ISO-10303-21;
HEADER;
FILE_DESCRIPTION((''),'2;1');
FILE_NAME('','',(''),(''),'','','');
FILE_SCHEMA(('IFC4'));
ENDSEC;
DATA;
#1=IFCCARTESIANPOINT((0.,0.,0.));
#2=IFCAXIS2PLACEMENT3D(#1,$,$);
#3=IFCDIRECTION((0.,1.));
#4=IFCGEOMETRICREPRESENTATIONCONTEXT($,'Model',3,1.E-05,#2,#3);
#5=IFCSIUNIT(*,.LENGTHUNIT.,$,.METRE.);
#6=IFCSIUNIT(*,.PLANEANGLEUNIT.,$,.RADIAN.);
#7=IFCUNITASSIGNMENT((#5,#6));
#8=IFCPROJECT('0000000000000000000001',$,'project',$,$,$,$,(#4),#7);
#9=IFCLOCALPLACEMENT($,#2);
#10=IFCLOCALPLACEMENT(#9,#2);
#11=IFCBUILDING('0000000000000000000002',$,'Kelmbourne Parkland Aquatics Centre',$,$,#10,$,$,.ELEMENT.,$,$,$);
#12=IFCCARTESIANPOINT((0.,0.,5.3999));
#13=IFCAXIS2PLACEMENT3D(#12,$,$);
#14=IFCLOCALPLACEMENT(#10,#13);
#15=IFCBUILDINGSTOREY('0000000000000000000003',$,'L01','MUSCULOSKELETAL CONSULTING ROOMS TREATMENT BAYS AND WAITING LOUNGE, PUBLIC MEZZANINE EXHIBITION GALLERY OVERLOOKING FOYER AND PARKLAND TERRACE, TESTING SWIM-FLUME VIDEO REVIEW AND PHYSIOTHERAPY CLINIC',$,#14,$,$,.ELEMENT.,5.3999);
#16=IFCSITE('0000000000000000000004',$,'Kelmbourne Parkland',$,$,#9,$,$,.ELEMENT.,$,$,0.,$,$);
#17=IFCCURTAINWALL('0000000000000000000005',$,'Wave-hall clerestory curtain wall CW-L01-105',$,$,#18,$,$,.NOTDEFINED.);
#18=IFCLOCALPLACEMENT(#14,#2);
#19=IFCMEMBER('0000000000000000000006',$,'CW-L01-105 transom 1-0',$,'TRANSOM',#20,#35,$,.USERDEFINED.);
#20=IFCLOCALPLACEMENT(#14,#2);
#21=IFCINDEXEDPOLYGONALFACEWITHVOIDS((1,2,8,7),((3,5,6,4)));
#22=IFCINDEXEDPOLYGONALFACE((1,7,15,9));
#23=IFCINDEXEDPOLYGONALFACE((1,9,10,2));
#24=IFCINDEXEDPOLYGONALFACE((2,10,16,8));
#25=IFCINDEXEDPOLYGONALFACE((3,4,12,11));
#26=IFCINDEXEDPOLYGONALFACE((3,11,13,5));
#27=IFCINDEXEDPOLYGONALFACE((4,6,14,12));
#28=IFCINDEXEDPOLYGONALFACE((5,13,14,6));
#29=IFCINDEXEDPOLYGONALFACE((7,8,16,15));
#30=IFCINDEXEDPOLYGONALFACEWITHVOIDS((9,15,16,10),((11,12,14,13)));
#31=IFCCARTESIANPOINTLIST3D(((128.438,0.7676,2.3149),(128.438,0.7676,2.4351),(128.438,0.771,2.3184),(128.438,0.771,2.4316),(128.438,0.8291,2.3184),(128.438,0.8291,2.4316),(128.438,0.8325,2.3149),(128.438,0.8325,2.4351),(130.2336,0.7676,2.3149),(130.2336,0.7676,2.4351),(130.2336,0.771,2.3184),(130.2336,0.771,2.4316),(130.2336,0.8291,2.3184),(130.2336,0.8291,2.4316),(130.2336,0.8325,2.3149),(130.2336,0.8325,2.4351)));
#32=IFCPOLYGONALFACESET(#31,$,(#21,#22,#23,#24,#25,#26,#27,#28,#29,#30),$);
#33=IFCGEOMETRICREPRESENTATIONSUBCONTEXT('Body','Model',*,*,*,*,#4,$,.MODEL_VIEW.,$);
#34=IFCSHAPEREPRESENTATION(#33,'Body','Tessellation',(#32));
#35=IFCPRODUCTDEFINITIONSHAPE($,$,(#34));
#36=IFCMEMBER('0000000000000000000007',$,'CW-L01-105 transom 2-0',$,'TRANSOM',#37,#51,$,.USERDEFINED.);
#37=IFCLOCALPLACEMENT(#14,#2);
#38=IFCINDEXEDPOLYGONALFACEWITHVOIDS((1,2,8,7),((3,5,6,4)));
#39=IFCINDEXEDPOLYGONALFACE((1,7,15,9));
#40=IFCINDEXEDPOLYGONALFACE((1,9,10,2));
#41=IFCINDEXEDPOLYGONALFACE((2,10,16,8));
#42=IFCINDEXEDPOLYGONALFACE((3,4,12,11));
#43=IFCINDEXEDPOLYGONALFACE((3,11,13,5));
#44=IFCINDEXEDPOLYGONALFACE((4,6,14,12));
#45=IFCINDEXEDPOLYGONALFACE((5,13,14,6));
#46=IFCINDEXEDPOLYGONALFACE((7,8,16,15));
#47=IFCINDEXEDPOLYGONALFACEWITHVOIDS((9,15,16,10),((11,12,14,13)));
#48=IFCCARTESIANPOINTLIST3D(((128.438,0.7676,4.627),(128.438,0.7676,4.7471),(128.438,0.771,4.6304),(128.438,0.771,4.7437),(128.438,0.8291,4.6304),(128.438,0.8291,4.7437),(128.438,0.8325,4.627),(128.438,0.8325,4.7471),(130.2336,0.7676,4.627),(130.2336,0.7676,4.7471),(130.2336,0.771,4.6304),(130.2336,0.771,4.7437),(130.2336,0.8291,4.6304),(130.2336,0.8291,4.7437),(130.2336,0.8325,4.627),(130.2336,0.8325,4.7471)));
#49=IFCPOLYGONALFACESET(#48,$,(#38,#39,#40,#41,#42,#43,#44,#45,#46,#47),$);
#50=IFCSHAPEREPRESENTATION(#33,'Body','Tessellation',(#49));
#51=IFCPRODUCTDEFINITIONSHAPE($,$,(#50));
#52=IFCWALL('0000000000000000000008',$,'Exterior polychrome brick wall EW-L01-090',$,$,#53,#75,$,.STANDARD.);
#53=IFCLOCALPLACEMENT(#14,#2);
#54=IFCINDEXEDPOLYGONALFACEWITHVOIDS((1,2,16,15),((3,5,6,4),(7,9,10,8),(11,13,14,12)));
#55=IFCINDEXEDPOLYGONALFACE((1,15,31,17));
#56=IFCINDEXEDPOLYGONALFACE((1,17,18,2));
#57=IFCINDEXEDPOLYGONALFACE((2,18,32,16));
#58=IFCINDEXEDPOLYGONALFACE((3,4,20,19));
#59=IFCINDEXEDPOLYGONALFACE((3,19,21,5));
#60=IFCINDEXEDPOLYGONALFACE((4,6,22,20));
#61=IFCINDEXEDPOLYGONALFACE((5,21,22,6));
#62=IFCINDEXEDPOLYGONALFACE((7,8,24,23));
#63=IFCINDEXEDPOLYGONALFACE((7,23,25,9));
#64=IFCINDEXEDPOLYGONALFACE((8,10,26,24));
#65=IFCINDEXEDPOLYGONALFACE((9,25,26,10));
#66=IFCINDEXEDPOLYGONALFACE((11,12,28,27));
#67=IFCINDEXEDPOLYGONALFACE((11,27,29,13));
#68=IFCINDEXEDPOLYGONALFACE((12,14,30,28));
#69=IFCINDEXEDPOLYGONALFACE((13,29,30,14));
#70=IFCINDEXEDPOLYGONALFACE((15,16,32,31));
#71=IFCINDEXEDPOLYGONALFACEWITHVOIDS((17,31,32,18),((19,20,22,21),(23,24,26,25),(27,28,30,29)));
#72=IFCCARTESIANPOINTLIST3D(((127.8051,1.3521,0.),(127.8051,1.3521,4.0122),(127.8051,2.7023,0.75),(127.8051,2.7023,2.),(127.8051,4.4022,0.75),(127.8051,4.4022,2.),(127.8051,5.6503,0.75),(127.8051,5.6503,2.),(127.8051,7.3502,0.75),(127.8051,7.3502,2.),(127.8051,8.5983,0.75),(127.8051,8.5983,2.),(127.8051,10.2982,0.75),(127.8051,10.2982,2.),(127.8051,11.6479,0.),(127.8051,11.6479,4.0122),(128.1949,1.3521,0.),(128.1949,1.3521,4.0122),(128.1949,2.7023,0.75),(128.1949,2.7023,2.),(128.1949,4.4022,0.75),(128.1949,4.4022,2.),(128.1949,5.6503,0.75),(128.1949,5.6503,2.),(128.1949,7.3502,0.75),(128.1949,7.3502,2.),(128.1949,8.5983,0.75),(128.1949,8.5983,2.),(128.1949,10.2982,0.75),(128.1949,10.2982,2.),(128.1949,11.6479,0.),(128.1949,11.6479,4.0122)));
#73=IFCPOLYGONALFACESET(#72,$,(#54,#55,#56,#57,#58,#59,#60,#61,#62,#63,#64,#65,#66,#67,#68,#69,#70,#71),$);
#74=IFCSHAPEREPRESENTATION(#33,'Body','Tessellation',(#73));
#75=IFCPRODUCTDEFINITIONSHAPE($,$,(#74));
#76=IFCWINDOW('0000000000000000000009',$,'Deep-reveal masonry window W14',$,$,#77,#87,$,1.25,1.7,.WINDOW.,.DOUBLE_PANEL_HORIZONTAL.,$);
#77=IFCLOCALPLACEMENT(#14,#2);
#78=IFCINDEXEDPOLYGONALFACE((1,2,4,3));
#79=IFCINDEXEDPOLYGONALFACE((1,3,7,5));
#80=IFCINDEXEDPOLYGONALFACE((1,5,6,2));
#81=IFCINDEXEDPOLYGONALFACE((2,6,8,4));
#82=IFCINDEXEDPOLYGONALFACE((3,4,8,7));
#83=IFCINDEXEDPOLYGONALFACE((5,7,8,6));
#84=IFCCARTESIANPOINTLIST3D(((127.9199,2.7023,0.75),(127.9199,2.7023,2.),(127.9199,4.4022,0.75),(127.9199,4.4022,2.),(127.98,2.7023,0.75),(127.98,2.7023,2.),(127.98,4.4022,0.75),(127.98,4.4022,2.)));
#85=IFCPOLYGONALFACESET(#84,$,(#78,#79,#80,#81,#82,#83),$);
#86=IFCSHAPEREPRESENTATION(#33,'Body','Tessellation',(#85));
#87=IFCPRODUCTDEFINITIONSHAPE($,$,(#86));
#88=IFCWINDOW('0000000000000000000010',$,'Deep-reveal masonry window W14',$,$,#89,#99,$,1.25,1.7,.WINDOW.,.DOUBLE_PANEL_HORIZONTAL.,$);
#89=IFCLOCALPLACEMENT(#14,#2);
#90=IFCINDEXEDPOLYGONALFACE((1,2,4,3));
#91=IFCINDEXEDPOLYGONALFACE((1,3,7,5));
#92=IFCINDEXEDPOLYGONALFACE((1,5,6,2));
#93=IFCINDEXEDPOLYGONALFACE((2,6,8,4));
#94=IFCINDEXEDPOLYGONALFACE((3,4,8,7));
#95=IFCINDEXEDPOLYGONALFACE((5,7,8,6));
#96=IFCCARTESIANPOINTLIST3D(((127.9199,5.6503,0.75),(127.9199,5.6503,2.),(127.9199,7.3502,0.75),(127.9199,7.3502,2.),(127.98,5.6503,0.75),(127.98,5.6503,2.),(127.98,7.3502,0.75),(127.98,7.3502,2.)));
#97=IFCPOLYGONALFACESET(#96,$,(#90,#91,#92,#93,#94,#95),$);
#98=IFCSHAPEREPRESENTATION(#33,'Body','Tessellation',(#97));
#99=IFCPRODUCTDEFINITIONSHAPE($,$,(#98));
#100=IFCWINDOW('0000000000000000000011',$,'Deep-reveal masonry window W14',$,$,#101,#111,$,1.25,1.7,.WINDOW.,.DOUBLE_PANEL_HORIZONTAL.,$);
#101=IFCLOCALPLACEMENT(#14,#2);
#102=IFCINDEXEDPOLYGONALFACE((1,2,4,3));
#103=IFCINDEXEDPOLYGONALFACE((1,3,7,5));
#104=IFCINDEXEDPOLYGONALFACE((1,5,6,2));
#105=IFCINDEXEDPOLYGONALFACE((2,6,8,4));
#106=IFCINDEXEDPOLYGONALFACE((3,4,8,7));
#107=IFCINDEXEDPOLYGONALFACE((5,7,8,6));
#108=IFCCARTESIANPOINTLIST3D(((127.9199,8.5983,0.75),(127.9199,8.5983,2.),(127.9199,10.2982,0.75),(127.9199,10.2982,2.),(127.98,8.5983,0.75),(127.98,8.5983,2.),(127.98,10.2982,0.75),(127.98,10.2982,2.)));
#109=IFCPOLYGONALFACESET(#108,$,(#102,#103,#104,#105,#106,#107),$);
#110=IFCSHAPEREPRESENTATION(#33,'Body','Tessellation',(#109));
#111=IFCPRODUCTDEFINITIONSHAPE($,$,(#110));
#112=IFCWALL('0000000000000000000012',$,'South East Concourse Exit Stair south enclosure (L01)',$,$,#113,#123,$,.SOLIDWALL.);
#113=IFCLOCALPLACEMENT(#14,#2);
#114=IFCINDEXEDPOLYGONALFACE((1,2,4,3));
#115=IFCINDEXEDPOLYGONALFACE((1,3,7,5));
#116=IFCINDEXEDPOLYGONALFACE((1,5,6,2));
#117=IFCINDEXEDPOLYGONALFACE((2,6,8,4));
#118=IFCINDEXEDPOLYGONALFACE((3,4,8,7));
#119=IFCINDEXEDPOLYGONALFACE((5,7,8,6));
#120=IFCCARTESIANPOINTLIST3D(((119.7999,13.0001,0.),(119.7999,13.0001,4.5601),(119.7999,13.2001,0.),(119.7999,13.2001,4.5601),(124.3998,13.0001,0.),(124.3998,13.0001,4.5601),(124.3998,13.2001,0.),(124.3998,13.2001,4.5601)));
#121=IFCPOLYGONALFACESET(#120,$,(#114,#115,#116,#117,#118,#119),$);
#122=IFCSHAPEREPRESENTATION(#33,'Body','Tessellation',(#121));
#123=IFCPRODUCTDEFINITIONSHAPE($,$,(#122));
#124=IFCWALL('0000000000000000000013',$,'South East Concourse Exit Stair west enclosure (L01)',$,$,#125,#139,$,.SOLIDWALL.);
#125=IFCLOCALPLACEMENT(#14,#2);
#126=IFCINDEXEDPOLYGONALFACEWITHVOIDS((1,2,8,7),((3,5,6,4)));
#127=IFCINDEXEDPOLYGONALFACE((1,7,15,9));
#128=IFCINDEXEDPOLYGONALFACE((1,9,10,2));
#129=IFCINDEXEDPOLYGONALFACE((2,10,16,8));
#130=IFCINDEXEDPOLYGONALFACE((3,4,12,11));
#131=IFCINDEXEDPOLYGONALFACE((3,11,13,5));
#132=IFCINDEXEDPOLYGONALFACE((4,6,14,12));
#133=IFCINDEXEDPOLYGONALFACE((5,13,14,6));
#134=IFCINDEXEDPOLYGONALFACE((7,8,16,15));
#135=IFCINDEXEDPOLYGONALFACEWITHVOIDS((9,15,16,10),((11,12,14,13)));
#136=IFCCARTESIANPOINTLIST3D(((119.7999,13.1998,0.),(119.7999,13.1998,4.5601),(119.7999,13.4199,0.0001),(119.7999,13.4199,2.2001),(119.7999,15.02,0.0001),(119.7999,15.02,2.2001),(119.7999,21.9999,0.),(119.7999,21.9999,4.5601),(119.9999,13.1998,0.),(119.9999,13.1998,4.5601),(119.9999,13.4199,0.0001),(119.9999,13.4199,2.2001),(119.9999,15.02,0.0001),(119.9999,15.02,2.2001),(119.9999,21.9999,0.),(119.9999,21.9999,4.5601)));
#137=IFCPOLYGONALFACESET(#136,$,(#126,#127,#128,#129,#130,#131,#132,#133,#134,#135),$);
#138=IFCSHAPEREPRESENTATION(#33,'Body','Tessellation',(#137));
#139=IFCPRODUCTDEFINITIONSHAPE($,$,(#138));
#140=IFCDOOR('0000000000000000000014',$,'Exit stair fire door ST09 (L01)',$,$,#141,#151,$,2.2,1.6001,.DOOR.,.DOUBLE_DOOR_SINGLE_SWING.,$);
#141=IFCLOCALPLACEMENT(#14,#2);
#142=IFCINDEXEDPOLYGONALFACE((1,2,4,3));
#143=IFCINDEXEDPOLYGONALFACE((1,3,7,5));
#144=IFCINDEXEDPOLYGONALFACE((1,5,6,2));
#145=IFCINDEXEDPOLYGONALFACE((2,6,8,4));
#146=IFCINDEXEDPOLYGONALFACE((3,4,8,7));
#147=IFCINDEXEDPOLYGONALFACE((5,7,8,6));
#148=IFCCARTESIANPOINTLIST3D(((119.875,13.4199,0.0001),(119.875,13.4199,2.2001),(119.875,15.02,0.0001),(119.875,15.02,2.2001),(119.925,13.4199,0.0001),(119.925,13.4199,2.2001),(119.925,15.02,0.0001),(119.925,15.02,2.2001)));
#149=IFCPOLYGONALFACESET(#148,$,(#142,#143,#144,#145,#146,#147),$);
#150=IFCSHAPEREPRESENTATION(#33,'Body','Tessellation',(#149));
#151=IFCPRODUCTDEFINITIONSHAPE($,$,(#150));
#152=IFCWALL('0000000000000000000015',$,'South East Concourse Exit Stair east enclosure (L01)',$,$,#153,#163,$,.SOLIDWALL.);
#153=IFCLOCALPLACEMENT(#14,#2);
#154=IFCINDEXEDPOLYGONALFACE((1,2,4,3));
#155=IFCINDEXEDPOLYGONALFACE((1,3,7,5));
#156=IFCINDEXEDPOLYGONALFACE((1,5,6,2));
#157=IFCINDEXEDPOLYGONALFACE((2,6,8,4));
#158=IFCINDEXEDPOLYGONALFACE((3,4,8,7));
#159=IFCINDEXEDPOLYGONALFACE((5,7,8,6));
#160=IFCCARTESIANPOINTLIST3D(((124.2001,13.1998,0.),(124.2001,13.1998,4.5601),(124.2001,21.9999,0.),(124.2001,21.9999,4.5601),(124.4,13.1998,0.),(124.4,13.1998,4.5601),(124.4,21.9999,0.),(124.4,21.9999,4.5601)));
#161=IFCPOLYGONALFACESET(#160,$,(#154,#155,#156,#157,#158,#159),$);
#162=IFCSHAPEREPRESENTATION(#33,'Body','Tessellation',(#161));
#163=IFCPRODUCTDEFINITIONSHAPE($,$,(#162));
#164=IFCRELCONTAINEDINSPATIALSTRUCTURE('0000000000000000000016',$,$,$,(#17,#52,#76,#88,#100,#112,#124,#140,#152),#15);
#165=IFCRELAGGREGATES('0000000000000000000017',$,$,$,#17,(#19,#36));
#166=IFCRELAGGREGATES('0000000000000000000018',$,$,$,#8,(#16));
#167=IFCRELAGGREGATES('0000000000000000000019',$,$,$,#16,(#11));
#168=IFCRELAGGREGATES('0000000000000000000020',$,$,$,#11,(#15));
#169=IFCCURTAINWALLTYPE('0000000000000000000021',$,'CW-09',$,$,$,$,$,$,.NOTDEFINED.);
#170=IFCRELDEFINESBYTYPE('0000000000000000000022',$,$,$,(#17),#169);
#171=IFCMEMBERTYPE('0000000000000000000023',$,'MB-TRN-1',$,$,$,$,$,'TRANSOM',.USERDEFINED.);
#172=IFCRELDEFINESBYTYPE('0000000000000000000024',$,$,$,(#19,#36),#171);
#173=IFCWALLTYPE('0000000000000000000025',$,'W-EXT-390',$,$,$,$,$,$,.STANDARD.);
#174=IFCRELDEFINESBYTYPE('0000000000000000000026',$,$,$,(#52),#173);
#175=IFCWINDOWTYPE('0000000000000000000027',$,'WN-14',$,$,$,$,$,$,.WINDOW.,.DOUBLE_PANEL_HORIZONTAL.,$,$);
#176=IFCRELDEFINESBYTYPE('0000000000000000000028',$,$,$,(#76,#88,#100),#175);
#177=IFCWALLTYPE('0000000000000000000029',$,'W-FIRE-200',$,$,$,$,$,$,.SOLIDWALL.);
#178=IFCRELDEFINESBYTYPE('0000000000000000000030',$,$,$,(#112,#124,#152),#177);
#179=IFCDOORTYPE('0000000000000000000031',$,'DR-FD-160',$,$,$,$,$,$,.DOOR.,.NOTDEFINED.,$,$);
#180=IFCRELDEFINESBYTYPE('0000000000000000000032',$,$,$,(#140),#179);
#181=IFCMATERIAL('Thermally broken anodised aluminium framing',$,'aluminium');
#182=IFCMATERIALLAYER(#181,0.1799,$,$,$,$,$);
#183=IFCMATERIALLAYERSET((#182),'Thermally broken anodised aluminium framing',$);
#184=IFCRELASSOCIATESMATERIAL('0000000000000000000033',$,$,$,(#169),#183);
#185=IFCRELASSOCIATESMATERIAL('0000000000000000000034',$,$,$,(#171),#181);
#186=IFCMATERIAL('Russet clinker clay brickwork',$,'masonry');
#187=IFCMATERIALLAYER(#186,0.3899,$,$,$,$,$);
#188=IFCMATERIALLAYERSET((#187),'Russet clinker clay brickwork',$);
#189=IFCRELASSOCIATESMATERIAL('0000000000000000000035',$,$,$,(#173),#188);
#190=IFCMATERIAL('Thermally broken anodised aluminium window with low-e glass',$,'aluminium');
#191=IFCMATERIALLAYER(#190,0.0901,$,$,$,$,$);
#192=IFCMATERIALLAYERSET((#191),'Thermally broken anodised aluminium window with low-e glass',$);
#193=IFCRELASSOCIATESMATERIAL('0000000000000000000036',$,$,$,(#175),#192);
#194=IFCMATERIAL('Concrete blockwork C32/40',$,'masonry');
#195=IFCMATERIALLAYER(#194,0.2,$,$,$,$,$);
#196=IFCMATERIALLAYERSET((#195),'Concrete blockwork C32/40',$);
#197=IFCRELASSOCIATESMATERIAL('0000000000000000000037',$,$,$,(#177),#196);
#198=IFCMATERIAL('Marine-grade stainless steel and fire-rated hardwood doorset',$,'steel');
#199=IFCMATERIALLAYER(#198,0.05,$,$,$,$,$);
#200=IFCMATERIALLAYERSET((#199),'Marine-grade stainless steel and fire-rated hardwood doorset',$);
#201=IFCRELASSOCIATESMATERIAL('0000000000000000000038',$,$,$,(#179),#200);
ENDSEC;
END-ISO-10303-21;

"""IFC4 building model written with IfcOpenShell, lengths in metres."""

from ifc_helpers import new_model, si_unit, direction, frame, frame_2d, origin, origin_2d, place, context, subcontext, project, spatial, rectangle, hollow_rectangle, extrude, material, layer, layer_set, material_profile, profile_set, type_object, element, fill, aggregate, save


model = new_model("IFC4")

# Units and contexts
model_context = context("Model", 3, precision=1e-05, world=origin(), true_north=direction((0.0, 1.0)))
body_context = subcontext(model_context, "Body", "Model", "MODEL_VIEW")
ifc_project = project(units=[si_unit("LENGTHUNIT", "METRE"), si_unit("PLANEANGLEUNIT", "RADIAN")], contexts=[model_context])

# Site, building, storey
site_placement = place(None, origin())
site = spatial("IfcSite", under=ifc_project, at=site_placement, Name="Kelmbourne Parkland", CompositionType="ELEMENT", RefElevation=0.0)
building_placement = place(site_placement, origin())
building = spatial("IfcBuilding", under=site, at=building_placement, Name="Kelmbourne Parkland Aquatics Centre", CompositionType="ELEMENT")
storey_placement = place(building_placement, frame((0.0, 0.0, 5.3999)))
storey = spatial("IfcBuildingStorey", under=building, at=storey_placement, Name="L01", Description="MUSCULOSKELETAL CONSULTING ROOMS TREATMENT BAYS AND WAITING LOUNGE, PUBLIC MEZZANINE EXHIBITION GALLERY OVERLOOKING FOYER AND PARKLAND TERRACE, TESTING SWIM-FLUME VIDEO REVIEW AND PHYSIOTHERAPY CLINIC", CompositionType="ELEMENT", Elevation=5.3999)

# Curtain wall, members
ifc_material_1 = material(Name="Thermally broken anodised aluminium framing", Category="aluminium")
ifc_layer_1 = layer(ifc_material_1, 0.1799)
ifc_layer_set_1 = layer_set([ifc_layer_1], Name="Thermally broken anodised aluminium framing")
curtain_wall_type = type_object("IfcCurtainWallType", Name="CW-09", PredefinedType="NOTDEFINED", material=ifc_layer_set_1)
curtain_wall_placement = place(storey_placement, origin())
curtain_wall = element("IfcCurtainWall", 1, at=curtain_wall_placement, inside=storey, type_object=curtain_wall_type, Name="Wave-hall clerestory curtain wall CW-L01-105", PredefinedType="NOTDEFINED")
ifc_material_profile_1 = material_profile(ifc_material_1, hollow_rectangle(XDim=0.0649, YDim=0.1201, WallThickness=0.0034, at=origin_2d()), Name="CW-T 65x120")
ifc_profile_set_1 = profile_set([ifc_material_profile_1], Name="Thermally broken anodised aluminium framing")
member_type_1 = type_object("IfcMemberType", Name="MB-TRN-1", ElementType="TRANSOM", PredefinedType="USERDEFINED", material=ifc_profile_set_1)
member_1_placement = place(storey_placement, frame((128.438, 0.8, 2.375), z_axis=(1.0, 0.0, 0.0), x_axis=(0.0, 1.0, 0.0)))
member_1 = element("IfcMember", 2, at=member_1_placement, type_object=member_type_1, Name="CW-L01-105 transom 1-0", ObjectType="TRANSOM", PredefinedType="USERDEFINED", context=body_context, shape_type="SweptSolid", body=[
    extrude(hollow_rectangle(XDim=0.0649, YDim=0.1201, WallThickness=0.0034, at=origin_2d()), origin(), (0.0, 0.0, 1.0), 1.7957),
])
member_2_placement = place(storey_placement, frame((128.438, 0.8, 4.687), z_axis=(1.0, 0.0, 0.0), x_axis=(0.0, 1.0, 0.0)))
member_2 = element("IfcMember", 3, at=member_2_placement, type_object=member_type_1, Name="CW-L01-105 transom 2-0", ObjectType="TRANSOM", PredefinedType="USERDEFINED", context=body_context, shape_type="SweptSolid", body=[
    extrude(hollow_rectangle(XDim=0.0649, YDim=0.1201, WallThickness=0.0034, at=origin_2d()), origin(), (0.0, 0.0, 1.0), 1.7957),
])
aggregate(curtain_wall, [member_1, member_2])

# Wall, openings, windows
ifc_material_2 = material(Name="Russet clinker clay brickwork", Category="masonry")
ifc_layer_2 = layer(ifc_material_2, 0.3899)
ifc_layer_set_2 = layer_set([ifc_layer_2], Name="Russet clinker clay brickwork")
wall_type_1 = type_object("IfcWallType", Name="W-EXT-390", PredefinedType="STANDARD", material=ifc_layer_set_2)
wall_1_placement = place(storey_placement, frame((128.0, 1.3521, 0.0), z_axis=(0.0, 0.0, 1.0), x_axis=(0.0, 1.0, 0.0)))
wall_1 = element("IfcWall", 4, at=wall_1_placement, inside=storey, type_object=wall_type_1, Name="Exterior polychrome brick wall EW-L01-090", PredefinedType="STANDARD", context=body_context, shape_type="SweptSolid", body=[
    extrude(rectangle(XDim=10.2959, YDim=0.3899, at=frame_2d((5.1479, 0.0))), origin(), (0.0, 0.0, 1.0), 4.0122),
])
opening_1_placement = place(wall_1_placement, frame((1.3501, 0.0, 0.75)))
opening_1 = element("IfcOpeningElement", 5, at=opening_1_placement, cuts=wall_1, PredefinedType="OPENING", context=body_context, shape_type="SweptSolid", body=[
    extrude(rectangle(XDim=1.7, YDim=1.25, at=frame_2d((0.8501, 0.625))), frame((0.0, 0.207, 0.0), z_axis=(0.0, -1.0, 0.0), x_axis=(1.0, 0.0, 0.0)), (0.0, 0.0, 1.0), 0.4138),
])
opening_2_placement = place(wall_1_placement, frame((4.2981, 0.0, 0.75)))
opening_2 = element("IfcOpeningElement", 6, at=opening_2_placement, cuts=wall_1, PredefinedType="OPENING", context=body_context, shape_type="SweptSolid", body=[
    extrude(rectangle(XDim=1.7, YDim=1.25, at=frame_2d((0.8501, 0.625))), frame((0.0, 0.207, 0.0), z_axis=(0.0, -1.0, 0.0), x_axis=(1.0, 0.0, 0.0)), (0.0, 0.0, 1.0), 0.4138),
])
opening_3_placement = place(wall_1_placement, frame((7.2461, 0.0, 0.75)))
opening_3 = element("IfcOpeningElement", 7, at=opening_3_placement, cuts=wall_1, PredefinedType="OPENING", context=body_context, shape_type="SweptSolid", body=[
    extrude(rectangle(XDim=1.7, YDim=1.25, at=frame_2d((0.8501, 0.625))), frame((0.0, 0.207, 0.0), z_axis=(0.0, -1.0, 0.0), x_axis=(1.0, 0.0, 0.0)), (0.0, 0.0, 1.0), 0.4138),
])
ifc_material_3 = material(Name="Thermally broken anodised aluminium window with low-e glass", Category="aluminium")
ifc_layer_3 = layer(ifc_material_3, 0.0901)
ifc_layer_set_3 = layer_set([ifc_layer_3], Name="Thermally broken anodised aluminium window with low-e glass")
window_type = type_object("IfcWindowType", Name="WN-14", PartitioningType="DOUBLE_PANEL_HORIZONTAL", PredefinedType="WINDOW", material=ifc_layer_set_3)
window_1_placement = place(opening_1_placement, origin())
window_1 = element("IfcWindow", 8, at=window_1_placement, inside=storey, type_object=window_type, Name="Deep-reveal masonry window W14", OverallHeight=1.25, OverallWidth=1.7, PartitioningType="DOUBLE_PANEL_HORIZONTAL", PredefinedType="WINDOW", context=body_context, shape_type="SweptSolid", body=[
    extrude(rectangle(XDim=1.7, YDim=1.25, at=frame_2d((0.8501, 0.625))), frame((0.0, 0.0801, 0.0), z_axis=(0.0, -1.0, 0.0), x_axis=(1.0, 0.0, 0.0)), (0.0, 0.0, 1.0), 0.0601),
])
fill(opening_1, window_1)
window_2_placement = place(opening_2_placement, origin())
window_2 = element("IfcWindow", 9, at=window_2_placement, inside=storey, type_object=window_type, Name="Deep-reveal masonry window W14", OverallHeight=1.25, OverallWidth=1.7, PartitioningType="DOUBLE_PANEL_HORIZONTAL", PredefinedType="WINDOW", context=body_context, shape_type="SweptSolid", body=[
    extrude(rectangle(XDim=1.7, YDim=1.25, at=frame_2d((0.8501, 0.625))), frame((0.0, 0.0801, 0.0), z_axis=(0.0, -1.0, 0.0), x_axis=(1.0, 0.0, 0.0)), (0.0, 0.0, 1.0), 0.0601),
])
fill(opening_2, window_2)
window_3_placement = place(opening_3_placement, origin())
window_3 = element("IfcWindow", 10, at=window_3_placement, inside=storey, type_object=window_type, Name="Deep-reveal masonry window W14", OverallHeight=1.25, OverallWidth=1.7, PartitioningType="DOUBLE_PANEL_HORIZONTAL", PredefinedType="WINDOW", context=body_context, shape_type="SweptSolid", body=[
    extrude(rectangle(XDim=1.7, YDim=1.25, at=frame_2d((0.8501, 0.625))), frame((0.0, 0.0801, 0.0), z_axis=(0.0, -1.0, 0.0), x_axis=(1.0, 0.0, 0.0)), (0.0, 0.0, 1.0), 0.0601),
])
fill(opening_3, window_3)

# Wall
ifc_material_4 = material(Name="Concrete blockwork C32/40", Category="masonry")
ifc_layer_4 = layer(ifc_material_4, 0.2)
ifc_layer_set_4 = layer_set([ifc_layer_4], Name="Concrete blockwork C32/40")
wall_type_2 = type_object("IfcWallType", Name="W-FIRE-200", PredefinedType="SOLIDWALL", material=ifc_layer_set_4)
wall_2_placement = place(storey_placement, frame((119.8, 13.1001, 0.0), z_axis=(0.0, 0.0, 1.0), x_axis=(1.0, 0.0, 0.0)))
element("IfcWall", 11, at=wall_2_placement, inside=storey, type_object=wall_type_2, Name="South East Concourse Exit Stair south enclosure (L01)", PredefinedType="SOLIDWALL", context=body_context, shape_type="SweptSolid", body=[
    extrude(rectangle(XDim=4.5999, YDim=0.2, at=frame_2d((2.2998, 0.0))), origin(), (0.0, 0.0, 1.0), 4.5601),
])

# Wall, opening, door
wall_3_placement = place(storey_placement, frame((119.8999, 13.2, 0.0), z_axis=(0.0, 0.0, 1.0), x_axis=(0.0, 1.0, 0.0)))
wall_3 = element("IfcWall", 12, at=wall_3_placement, inside=storey, type_object=wall_type_2, Name="South East Concourse Exit Stair west enclosure (L01)", PredefinedType="SOLIDWALL", context=body_context, shape_type="SweptSolid", body=[
    extrude(rectangle(XDim=8.8, YDim=0.2, at=frame_2d((4.3999, 0.0))), origin(), (0.0, 0.0, 1.0), 4.5601),
])
opening_4_placement = place(wall_3_placement, frame((0.22, 0.0, 0.0)))
opening_4 = element("IfcOpeningElement", 13, at=opening_4_placement, cuts=wall_3, PredefinedType="OPENING", context=body_context, shape_type="SweptSolid", body=[
    extrude(rectangle(XDim=1.6001, YDim=2.2, at=frame_2d((0.8, 1.1001))), frame((0.0, 0.1118, 0.0), z_axis=(0.0, -1.0, 0.0), x_axis=(1.0, 0.0, 0.0)), (0.0, 0.0, 1.0), 0.2239),
])
ifc_material_5 = material(Name="Marine-grade stainless steel and fire-rated hardwood doorset", Category="steel")
ifc_layer_5 = layer(ifc_material_5, 0.05)
ifc_layer_set_5 = layer_set([ifc_layer_5], Name="Marine-grade stainless steel and fire-rated hardwood doorset")
door_type = type_object("IfcDoorType", Name="DR-FD-160", OperationType="NOTDEFINED", PredefinedType="DOOR", material=ifc_layer_set_5)
door_placement = place(opening_4_placement, origin())
door = element("IfcDoor", 14, at=door_placement, inside=storey, type_object=door_type, Name="Exit stair fire door ST09 (L01)", OperationType="DOUBLE_DOOR_SINGLE_SWING", OverallHeight=2.2, OverallWidth=1.6001, PredefinedType="DOOR", context=body_context, shape_type="SweptSolid", body=[
    extrude(rectangle(XDim=1.6001, YDim=2.2, at=frame_2d((0.8, 1.1001))), frame((0.0, 0.0249, 0.0), z_axis=(0.0, -1.0, 0.0), x_axis=(1.0, 0.0, 0.0)), (0.0, 0.0, 1.0), 0.05),
])
fill(opening_4, door)

# Wall
wall_4_placement = place(storey_placement, frame((124.3, 13.2, 0.0), z_axis=(0.0, 0.0, 1.0), x_axis=(0.0, 1.0, 0.0)))
element("IfcWall", 15, at=wall_4_placement, inside=storey, type_object=wall_type_2, Name="South East Concourse Exit Stair east enclosure (L01)", PredefinedType="SOLIDWALL", context=body_context, shape_type="SweptSolid", body=[
    extrude(rectangle(XDim=8.8, YDim=0.2, at=frame_2d((4.3999, 0.0))), origin(), (0.0, 0.0, 1.0), 4.5601),
])

save(model, "model.ifc")
